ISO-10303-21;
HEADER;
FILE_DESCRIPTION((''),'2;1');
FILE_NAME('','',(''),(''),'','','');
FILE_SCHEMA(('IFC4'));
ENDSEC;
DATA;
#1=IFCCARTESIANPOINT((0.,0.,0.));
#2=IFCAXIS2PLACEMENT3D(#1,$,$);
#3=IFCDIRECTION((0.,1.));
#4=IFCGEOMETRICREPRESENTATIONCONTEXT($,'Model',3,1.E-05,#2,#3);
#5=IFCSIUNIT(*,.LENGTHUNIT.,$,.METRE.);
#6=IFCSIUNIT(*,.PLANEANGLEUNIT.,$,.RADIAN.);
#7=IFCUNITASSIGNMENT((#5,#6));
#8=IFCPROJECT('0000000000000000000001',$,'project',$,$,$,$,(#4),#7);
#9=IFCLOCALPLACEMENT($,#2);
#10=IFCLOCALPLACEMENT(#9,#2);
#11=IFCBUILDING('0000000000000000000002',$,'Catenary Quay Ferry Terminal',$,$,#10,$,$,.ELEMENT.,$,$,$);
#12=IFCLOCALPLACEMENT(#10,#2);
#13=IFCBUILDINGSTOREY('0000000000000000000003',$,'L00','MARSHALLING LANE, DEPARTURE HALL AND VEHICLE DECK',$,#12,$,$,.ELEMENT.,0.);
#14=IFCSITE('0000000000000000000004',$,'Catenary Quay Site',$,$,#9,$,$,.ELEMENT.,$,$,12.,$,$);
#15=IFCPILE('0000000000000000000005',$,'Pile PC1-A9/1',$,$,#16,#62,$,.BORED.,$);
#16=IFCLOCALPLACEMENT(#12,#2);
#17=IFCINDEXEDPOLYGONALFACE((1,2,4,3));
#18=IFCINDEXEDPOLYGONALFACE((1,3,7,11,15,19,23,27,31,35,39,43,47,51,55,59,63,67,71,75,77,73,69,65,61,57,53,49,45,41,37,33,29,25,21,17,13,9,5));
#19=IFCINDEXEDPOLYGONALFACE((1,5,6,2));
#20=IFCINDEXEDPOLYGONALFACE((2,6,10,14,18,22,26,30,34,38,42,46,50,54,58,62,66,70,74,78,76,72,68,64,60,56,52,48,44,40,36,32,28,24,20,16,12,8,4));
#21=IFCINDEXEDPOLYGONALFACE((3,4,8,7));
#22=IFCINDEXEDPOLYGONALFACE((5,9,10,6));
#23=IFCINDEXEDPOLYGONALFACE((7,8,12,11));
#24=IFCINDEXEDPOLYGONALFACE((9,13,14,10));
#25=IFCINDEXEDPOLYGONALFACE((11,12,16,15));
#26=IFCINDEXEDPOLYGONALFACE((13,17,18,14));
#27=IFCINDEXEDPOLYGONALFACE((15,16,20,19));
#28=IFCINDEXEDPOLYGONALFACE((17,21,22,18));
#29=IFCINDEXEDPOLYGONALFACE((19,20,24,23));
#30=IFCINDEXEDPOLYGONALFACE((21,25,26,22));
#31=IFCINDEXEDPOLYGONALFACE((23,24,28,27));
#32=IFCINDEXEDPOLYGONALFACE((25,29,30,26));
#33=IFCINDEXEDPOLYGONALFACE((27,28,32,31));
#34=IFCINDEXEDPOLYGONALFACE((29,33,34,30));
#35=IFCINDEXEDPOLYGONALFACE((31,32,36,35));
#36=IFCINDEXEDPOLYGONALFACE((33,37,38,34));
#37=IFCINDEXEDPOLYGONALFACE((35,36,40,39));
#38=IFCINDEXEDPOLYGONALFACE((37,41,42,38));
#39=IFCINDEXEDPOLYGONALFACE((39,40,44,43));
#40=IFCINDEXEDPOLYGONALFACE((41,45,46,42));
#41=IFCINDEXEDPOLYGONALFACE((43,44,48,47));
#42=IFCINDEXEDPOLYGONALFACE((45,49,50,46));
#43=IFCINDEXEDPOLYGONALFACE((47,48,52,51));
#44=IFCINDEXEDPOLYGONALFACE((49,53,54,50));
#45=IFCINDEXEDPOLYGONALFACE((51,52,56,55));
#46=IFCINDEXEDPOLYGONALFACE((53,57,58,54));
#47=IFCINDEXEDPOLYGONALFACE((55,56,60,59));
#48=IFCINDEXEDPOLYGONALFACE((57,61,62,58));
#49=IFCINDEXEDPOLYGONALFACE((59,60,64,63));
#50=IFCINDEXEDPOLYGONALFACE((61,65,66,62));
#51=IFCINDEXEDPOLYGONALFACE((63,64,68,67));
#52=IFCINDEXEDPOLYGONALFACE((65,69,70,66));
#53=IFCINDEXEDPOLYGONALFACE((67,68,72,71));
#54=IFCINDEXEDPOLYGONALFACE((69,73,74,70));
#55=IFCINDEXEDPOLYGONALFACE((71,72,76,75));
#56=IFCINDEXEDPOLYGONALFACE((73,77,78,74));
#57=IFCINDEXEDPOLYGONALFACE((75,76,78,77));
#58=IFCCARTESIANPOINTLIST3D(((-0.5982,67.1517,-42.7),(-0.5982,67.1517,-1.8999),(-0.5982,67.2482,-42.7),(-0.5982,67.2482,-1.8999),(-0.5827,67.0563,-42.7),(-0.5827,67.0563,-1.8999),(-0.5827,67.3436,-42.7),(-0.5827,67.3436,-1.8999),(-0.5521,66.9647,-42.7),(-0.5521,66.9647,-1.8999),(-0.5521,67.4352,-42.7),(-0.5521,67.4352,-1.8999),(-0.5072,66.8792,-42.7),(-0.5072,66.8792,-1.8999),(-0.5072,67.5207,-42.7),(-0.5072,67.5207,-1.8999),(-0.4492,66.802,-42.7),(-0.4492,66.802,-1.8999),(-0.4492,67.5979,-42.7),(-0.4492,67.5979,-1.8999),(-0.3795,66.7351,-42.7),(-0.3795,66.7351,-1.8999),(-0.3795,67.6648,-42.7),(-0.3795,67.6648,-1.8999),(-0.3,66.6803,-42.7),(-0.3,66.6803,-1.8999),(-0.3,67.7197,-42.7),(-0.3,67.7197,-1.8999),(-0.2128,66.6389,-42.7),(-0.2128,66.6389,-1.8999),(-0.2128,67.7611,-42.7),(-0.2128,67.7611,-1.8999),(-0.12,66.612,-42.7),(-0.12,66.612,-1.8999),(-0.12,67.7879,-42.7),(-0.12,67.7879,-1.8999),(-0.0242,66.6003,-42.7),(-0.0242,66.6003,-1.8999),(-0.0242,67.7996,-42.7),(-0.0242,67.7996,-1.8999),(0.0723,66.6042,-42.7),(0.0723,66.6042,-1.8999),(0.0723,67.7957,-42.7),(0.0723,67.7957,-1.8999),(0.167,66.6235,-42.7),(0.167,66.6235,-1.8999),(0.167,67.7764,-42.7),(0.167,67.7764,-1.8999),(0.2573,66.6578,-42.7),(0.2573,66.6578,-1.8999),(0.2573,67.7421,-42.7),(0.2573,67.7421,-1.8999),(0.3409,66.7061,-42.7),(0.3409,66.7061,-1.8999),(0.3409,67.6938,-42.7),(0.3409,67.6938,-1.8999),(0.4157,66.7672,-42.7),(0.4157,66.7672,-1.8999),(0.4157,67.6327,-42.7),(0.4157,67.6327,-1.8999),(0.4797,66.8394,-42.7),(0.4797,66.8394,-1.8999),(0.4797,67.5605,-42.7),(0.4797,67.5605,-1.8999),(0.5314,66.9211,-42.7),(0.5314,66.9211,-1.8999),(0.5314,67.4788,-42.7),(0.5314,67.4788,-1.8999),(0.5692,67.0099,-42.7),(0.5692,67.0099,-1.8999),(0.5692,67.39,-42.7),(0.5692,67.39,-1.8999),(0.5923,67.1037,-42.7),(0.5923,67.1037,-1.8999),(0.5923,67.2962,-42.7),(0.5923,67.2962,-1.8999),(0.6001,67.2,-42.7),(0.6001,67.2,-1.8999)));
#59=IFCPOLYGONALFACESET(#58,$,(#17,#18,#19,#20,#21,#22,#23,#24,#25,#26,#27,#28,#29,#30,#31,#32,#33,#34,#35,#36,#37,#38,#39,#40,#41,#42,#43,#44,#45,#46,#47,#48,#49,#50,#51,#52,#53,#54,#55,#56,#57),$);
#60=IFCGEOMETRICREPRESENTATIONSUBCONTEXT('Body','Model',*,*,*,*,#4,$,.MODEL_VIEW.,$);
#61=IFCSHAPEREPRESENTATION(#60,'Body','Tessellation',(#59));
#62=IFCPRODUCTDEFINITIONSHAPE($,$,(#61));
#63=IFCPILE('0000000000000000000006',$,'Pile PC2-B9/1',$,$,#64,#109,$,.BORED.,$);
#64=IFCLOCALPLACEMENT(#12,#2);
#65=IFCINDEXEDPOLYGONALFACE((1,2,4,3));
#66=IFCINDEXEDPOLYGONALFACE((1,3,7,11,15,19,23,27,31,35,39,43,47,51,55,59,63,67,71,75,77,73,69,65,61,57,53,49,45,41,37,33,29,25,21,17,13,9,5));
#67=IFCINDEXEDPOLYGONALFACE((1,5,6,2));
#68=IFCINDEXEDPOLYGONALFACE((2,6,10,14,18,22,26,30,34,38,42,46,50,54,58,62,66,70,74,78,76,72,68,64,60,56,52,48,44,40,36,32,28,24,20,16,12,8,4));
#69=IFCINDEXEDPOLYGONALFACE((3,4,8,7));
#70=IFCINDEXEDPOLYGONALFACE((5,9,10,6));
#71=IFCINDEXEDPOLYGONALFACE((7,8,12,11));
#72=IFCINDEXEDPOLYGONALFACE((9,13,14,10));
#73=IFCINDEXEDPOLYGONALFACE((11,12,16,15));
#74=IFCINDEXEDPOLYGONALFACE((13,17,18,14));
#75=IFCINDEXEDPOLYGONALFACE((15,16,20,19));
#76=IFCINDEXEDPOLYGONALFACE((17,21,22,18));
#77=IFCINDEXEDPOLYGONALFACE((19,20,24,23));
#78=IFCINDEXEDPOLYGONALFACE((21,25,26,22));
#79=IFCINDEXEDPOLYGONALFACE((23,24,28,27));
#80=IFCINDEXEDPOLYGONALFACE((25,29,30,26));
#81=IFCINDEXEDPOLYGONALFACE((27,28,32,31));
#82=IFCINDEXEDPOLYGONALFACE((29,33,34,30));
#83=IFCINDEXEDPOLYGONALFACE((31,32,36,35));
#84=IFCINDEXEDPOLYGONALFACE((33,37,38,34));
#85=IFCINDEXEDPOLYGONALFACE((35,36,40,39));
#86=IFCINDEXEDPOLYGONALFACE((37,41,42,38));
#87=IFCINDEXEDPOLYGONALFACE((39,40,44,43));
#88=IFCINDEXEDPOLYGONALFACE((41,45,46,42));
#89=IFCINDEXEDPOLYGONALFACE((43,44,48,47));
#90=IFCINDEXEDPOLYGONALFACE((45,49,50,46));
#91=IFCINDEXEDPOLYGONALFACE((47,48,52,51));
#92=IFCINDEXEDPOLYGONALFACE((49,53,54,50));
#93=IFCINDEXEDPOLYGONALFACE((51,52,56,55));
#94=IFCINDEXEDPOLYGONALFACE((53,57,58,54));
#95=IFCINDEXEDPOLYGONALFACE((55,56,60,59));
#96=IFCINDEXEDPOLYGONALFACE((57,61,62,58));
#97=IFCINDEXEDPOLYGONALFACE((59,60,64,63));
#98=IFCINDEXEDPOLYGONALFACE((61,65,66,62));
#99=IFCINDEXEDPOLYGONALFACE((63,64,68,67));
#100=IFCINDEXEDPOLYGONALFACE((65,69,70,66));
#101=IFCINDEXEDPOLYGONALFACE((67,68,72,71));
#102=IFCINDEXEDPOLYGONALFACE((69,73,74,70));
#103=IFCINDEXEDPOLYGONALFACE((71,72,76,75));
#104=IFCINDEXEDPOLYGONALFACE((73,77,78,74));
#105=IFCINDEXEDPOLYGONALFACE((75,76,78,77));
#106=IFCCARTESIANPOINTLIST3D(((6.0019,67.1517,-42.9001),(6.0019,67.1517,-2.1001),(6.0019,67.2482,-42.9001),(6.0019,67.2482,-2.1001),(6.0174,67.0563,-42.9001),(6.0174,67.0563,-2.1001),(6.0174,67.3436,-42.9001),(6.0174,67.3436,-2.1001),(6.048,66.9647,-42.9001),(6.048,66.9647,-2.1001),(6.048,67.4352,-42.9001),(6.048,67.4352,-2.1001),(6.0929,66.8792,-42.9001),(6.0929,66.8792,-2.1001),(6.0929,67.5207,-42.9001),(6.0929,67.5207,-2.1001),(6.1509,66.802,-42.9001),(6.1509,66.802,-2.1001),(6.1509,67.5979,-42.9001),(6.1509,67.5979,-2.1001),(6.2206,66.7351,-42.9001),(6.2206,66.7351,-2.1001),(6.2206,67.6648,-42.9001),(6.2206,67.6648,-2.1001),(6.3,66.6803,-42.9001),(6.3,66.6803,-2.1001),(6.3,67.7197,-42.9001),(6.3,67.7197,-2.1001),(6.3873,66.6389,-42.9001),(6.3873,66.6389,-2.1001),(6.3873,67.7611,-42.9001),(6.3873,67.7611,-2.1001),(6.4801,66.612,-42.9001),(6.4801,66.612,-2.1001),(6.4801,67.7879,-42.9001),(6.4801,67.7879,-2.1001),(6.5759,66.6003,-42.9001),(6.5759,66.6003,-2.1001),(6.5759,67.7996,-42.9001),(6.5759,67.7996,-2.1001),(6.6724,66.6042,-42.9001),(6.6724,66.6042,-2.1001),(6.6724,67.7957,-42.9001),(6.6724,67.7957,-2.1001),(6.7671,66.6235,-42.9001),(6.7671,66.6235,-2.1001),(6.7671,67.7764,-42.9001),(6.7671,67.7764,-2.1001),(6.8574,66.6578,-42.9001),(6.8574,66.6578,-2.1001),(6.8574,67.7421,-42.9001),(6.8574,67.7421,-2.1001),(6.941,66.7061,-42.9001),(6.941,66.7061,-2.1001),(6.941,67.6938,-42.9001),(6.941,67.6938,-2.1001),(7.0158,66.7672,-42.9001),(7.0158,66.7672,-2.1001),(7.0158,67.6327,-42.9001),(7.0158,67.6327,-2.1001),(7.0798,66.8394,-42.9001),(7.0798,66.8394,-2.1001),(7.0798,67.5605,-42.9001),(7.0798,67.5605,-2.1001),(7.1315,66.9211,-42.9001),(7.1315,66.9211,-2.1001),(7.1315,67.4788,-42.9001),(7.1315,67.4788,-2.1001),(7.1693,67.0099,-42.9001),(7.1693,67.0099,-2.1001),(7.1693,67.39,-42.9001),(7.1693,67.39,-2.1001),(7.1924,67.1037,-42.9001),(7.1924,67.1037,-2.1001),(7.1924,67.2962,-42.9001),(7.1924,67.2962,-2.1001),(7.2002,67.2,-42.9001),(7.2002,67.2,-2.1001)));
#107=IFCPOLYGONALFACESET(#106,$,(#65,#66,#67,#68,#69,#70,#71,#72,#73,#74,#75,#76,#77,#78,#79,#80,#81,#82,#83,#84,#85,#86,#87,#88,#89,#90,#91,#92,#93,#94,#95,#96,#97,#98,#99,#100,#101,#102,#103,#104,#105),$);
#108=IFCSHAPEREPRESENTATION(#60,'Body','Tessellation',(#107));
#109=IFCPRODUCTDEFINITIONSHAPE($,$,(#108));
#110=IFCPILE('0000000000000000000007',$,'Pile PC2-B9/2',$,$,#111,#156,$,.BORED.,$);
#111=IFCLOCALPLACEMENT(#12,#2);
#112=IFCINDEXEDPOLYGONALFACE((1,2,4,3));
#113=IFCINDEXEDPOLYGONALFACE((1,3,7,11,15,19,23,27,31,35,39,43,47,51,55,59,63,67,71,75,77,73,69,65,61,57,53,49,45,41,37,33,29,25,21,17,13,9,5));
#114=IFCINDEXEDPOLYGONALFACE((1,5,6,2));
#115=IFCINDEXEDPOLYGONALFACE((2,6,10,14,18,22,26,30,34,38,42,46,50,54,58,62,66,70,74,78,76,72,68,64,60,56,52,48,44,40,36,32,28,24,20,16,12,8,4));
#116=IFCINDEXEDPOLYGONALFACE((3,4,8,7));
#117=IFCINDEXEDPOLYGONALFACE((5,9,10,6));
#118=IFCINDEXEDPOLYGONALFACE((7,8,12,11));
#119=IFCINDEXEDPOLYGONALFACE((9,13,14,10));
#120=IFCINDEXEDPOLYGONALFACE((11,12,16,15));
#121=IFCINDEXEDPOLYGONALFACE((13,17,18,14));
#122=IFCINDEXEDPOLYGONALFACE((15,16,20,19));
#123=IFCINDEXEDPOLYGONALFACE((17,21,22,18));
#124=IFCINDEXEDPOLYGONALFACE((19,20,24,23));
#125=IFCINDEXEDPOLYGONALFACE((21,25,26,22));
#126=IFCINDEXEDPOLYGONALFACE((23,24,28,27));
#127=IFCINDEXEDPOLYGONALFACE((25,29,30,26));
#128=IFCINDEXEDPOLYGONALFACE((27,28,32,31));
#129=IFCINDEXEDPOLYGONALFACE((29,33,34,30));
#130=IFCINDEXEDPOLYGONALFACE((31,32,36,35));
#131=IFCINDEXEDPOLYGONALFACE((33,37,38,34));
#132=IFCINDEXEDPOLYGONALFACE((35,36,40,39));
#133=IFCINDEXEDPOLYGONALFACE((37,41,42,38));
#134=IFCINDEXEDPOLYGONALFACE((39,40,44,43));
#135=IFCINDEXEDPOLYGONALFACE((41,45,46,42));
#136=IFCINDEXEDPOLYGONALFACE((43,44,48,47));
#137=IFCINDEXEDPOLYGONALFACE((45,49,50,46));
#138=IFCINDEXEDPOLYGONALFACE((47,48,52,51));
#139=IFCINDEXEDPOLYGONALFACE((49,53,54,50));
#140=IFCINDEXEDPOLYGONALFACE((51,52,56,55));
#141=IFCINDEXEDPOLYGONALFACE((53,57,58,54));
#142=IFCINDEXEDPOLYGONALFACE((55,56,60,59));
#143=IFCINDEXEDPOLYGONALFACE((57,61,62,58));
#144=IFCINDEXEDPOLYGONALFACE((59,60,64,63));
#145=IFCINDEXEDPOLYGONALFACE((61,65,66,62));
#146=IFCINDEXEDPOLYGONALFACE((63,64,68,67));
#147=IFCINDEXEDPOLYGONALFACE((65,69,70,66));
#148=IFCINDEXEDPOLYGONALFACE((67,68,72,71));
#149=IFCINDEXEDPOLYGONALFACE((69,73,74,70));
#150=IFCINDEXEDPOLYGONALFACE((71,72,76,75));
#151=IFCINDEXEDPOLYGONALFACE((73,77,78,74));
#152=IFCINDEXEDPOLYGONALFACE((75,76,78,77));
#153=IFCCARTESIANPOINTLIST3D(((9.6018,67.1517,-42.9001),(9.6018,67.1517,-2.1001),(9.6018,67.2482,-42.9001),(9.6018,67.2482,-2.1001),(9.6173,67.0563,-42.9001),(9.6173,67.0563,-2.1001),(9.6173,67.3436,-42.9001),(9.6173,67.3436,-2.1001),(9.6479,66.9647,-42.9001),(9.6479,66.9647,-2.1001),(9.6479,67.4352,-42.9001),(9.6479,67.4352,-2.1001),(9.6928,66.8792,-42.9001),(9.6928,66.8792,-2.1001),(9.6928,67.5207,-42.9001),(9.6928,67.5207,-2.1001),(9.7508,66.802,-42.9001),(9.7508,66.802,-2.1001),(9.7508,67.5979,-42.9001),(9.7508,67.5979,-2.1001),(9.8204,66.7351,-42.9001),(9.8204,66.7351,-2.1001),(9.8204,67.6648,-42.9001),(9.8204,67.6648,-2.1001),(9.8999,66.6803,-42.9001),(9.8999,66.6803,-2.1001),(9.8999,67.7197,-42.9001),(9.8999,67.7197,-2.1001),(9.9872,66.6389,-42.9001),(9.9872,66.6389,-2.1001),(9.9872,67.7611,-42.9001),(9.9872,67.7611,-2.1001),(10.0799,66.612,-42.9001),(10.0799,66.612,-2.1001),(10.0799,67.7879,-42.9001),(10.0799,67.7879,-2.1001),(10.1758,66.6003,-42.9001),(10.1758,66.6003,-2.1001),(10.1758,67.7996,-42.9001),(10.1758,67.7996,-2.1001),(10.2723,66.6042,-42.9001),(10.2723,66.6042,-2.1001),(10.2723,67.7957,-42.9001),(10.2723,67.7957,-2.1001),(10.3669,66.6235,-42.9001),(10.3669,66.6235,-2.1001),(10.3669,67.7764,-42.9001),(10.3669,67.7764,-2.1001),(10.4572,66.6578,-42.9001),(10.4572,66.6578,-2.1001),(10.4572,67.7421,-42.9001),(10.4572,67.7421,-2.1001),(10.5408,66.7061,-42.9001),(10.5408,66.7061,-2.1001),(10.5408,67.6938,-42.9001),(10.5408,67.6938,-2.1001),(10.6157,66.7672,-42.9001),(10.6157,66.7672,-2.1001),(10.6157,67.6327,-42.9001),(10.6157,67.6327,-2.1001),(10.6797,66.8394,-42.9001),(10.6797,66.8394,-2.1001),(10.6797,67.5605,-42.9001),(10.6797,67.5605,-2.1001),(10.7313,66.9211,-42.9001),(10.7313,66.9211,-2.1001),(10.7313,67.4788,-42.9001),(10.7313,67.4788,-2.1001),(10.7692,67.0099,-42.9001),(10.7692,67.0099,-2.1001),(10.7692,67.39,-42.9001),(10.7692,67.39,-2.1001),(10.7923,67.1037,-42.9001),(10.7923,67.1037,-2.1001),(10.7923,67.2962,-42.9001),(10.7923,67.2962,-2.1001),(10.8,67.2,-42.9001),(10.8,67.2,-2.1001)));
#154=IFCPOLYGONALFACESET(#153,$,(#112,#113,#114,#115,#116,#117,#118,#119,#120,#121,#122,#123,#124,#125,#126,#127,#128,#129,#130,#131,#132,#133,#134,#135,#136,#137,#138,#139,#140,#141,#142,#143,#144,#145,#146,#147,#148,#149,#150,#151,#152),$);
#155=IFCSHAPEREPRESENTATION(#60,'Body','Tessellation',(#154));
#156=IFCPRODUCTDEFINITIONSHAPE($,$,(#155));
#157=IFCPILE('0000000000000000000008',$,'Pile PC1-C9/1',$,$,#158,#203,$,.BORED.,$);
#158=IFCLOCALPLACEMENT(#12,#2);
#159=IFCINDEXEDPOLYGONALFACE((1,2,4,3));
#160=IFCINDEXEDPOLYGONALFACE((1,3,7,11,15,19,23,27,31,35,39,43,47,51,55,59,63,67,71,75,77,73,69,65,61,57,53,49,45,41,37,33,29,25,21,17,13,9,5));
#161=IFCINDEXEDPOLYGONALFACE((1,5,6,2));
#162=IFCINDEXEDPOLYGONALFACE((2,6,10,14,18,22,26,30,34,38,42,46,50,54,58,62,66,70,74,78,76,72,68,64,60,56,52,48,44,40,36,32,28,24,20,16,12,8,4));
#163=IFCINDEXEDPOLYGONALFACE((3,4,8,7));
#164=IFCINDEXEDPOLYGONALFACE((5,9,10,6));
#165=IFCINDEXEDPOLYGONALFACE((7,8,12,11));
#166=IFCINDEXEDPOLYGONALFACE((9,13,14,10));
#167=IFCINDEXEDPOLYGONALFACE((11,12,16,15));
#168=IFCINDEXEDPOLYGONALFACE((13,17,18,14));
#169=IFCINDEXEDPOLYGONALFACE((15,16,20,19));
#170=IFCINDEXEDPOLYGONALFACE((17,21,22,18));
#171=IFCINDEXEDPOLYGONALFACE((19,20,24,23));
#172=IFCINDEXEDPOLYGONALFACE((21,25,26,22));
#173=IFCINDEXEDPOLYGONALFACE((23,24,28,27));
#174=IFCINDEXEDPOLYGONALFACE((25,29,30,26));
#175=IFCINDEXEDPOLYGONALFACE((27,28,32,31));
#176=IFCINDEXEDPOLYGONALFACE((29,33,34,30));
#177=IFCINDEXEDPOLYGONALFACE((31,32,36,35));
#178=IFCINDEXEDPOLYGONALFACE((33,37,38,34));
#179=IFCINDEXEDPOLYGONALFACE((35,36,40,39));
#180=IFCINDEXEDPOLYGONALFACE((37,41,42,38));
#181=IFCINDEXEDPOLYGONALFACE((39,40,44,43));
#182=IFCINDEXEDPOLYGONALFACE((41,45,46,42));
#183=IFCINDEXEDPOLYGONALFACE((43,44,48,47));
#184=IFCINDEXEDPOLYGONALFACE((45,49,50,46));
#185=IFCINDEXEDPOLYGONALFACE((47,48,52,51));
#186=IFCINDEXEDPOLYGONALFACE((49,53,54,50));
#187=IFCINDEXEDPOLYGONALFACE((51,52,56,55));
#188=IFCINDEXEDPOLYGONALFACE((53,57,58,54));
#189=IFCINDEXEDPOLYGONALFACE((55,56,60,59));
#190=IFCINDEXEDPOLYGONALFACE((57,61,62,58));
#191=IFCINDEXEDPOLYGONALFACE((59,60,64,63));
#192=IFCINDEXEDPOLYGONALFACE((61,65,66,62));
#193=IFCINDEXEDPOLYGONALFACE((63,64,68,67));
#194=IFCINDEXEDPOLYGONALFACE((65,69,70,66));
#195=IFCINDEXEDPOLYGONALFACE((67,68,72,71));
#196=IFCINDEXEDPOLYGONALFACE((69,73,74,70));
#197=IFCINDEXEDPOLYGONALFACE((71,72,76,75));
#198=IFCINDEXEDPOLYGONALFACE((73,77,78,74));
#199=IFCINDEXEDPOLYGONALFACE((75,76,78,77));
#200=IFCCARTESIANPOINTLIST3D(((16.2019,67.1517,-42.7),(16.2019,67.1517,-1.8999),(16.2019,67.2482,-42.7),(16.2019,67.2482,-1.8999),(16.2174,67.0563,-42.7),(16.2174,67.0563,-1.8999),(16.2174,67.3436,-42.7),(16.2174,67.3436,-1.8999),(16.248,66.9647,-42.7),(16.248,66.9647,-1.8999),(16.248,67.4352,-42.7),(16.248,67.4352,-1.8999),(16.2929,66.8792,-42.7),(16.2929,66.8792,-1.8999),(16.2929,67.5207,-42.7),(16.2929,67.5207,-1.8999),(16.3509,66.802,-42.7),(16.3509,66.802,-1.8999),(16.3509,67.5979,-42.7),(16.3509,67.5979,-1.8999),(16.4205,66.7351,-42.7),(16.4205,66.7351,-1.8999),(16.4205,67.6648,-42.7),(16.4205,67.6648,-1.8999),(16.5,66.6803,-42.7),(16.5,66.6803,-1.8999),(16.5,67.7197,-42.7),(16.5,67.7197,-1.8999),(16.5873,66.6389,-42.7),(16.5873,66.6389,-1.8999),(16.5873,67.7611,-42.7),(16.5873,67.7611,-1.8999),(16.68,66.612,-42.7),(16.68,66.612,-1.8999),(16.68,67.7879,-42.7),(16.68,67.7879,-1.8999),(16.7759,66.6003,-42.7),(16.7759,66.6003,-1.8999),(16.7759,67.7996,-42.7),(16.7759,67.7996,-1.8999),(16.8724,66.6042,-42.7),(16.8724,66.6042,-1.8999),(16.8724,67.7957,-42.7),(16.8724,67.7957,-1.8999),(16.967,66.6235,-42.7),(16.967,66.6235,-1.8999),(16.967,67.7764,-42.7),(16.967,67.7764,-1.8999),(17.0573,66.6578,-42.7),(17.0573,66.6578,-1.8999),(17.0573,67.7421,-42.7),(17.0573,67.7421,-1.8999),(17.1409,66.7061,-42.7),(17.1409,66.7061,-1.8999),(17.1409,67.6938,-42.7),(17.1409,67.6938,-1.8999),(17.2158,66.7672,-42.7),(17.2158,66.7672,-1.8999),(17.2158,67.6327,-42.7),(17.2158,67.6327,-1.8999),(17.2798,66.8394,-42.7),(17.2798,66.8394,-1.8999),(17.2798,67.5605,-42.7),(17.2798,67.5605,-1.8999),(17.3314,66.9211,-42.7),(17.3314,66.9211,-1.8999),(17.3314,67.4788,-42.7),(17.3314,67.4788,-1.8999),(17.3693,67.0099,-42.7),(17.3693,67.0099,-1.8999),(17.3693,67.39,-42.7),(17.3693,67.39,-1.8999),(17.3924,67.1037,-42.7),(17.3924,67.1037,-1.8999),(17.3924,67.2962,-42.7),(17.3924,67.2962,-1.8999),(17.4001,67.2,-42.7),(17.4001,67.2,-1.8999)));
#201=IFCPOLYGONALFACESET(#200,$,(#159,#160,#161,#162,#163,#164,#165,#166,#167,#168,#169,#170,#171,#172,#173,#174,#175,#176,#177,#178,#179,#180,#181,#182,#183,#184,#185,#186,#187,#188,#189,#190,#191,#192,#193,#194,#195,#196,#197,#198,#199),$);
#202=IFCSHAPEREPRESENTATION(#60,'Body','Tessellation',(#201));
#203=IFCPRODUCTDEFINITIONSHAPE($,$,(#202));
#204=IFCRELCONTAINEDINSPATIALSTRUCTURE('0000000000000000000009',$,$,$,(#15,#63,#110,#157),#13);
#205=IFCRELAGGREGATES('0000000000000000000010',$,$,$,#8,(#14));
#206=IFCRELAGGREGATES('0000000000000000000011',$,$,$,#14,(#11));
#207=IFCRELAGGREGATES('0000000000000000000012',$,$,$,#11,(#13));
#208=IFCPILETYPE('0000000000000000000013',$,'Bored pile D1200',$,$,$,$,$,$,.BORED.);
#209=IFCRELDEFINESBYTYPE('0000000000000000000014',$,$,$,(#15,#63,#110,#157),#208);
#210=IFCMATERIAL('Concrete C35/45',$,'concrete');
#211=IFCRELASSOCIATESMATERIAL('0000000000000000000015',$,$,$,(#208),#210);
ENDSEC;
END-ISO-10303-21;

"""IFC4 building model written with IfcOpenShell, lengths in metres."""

from ifc_helpers import new_model, si_unit, direction, frame, origin, origin_2d, place, context, subcontext, project, spatial, circle, extrude, material, material_profile, profile_set, type_object, element, save


model = new_model("IFC4")

# Units and contexts
model_context = context("Model", 3, precision=1e-05, world=origin(), true_north=direction((0.0, 1.0)))
body_context = subcontext(model_context, "Body", "Model", "MODEL_VIEW")
ifc_project = project(units=[si_unit("LENGTHUNIT", "METRE"), si_unit("PLANEANGLEUNIT", "RADIAN")], contexts=[model_context])

# Site, building, storey
site_placement = place(None, origin())
site = spatial("IfcSite", under=ifc_project, at=site_placement, Name="Catenary Quay Site", CompositionType="ELEMENT", RefElevation=12.0)
building_placement = place(site_placement, origin())
building = spatial("IfcBuilding", under=site, at=building_placement, Name="Catenary Quay Ferry Terminal", CompositionType="ELEMENT")
storey_placement = place(building_placement, origin())
storey = spatial("IfcBuildingStorey", under=building, at=storey_placement, Name="L00", Description="MARSHALLING LANE, DEPARTURE HALL AND VEHICLE DECK", CompositionType="ELEMENT", Elevation=0.0)

# Piles
ifc_material_1 = material(Name="Concrete C35/45", Category="concrete")
ifc_material_profile_1 = material_profile(ifc_material_1, circle(Radius=0.6001, at=origin_2d()), Name="D1200")
ifc_profile_set_1 = profile_set([ifc_material_profile_1], Name="Concrete C35/45")
pile_type = type_object("IfcPileType", Name="Bored pile D1200", PredefinedType="BORED", material=ifc_profile_set_1)
for number, where, z_axis, x_axis, name in (
    (1, (0.0, 67.2, -1.8999), (0.0, 0.0, -1.0), (1.0, 0.0, 0.0), "Pile PC1-A9/1"),
    (2, (6.6001, 67.2, -2.1001), (0.0, 0.0, -1.0), (1.0, 0.0, 0.0), "Pile PC2-B9/1"),
    (3, (10.2, 67.2, -2.1001), (0.0, 0.0, -1.0), (1.0, 0.0, 0.0), "Pile PC2-B9/2"),
    (4, (16.8, 67.2, -1.8999), (0.0, 0.0, -1.0), (1.0, 0.0, 0.0), "Pile PC1-C9/1"),
):
    element("IfcPile", number, at=place(storey_placement, frame(where, z_axis=z_axis, x_axis=x_axis)), inside=storey, type_object=pile_type, Name=name, PredefinedType="BORED", context=body_context, shape_type="SweptSolid", body=[
        extrude(circle(Radius=0.6001, at=origin_2d()), origin(), (0.0, 0.0, 1.0), 40.8),
    ])

save(model, "model.ifc")
